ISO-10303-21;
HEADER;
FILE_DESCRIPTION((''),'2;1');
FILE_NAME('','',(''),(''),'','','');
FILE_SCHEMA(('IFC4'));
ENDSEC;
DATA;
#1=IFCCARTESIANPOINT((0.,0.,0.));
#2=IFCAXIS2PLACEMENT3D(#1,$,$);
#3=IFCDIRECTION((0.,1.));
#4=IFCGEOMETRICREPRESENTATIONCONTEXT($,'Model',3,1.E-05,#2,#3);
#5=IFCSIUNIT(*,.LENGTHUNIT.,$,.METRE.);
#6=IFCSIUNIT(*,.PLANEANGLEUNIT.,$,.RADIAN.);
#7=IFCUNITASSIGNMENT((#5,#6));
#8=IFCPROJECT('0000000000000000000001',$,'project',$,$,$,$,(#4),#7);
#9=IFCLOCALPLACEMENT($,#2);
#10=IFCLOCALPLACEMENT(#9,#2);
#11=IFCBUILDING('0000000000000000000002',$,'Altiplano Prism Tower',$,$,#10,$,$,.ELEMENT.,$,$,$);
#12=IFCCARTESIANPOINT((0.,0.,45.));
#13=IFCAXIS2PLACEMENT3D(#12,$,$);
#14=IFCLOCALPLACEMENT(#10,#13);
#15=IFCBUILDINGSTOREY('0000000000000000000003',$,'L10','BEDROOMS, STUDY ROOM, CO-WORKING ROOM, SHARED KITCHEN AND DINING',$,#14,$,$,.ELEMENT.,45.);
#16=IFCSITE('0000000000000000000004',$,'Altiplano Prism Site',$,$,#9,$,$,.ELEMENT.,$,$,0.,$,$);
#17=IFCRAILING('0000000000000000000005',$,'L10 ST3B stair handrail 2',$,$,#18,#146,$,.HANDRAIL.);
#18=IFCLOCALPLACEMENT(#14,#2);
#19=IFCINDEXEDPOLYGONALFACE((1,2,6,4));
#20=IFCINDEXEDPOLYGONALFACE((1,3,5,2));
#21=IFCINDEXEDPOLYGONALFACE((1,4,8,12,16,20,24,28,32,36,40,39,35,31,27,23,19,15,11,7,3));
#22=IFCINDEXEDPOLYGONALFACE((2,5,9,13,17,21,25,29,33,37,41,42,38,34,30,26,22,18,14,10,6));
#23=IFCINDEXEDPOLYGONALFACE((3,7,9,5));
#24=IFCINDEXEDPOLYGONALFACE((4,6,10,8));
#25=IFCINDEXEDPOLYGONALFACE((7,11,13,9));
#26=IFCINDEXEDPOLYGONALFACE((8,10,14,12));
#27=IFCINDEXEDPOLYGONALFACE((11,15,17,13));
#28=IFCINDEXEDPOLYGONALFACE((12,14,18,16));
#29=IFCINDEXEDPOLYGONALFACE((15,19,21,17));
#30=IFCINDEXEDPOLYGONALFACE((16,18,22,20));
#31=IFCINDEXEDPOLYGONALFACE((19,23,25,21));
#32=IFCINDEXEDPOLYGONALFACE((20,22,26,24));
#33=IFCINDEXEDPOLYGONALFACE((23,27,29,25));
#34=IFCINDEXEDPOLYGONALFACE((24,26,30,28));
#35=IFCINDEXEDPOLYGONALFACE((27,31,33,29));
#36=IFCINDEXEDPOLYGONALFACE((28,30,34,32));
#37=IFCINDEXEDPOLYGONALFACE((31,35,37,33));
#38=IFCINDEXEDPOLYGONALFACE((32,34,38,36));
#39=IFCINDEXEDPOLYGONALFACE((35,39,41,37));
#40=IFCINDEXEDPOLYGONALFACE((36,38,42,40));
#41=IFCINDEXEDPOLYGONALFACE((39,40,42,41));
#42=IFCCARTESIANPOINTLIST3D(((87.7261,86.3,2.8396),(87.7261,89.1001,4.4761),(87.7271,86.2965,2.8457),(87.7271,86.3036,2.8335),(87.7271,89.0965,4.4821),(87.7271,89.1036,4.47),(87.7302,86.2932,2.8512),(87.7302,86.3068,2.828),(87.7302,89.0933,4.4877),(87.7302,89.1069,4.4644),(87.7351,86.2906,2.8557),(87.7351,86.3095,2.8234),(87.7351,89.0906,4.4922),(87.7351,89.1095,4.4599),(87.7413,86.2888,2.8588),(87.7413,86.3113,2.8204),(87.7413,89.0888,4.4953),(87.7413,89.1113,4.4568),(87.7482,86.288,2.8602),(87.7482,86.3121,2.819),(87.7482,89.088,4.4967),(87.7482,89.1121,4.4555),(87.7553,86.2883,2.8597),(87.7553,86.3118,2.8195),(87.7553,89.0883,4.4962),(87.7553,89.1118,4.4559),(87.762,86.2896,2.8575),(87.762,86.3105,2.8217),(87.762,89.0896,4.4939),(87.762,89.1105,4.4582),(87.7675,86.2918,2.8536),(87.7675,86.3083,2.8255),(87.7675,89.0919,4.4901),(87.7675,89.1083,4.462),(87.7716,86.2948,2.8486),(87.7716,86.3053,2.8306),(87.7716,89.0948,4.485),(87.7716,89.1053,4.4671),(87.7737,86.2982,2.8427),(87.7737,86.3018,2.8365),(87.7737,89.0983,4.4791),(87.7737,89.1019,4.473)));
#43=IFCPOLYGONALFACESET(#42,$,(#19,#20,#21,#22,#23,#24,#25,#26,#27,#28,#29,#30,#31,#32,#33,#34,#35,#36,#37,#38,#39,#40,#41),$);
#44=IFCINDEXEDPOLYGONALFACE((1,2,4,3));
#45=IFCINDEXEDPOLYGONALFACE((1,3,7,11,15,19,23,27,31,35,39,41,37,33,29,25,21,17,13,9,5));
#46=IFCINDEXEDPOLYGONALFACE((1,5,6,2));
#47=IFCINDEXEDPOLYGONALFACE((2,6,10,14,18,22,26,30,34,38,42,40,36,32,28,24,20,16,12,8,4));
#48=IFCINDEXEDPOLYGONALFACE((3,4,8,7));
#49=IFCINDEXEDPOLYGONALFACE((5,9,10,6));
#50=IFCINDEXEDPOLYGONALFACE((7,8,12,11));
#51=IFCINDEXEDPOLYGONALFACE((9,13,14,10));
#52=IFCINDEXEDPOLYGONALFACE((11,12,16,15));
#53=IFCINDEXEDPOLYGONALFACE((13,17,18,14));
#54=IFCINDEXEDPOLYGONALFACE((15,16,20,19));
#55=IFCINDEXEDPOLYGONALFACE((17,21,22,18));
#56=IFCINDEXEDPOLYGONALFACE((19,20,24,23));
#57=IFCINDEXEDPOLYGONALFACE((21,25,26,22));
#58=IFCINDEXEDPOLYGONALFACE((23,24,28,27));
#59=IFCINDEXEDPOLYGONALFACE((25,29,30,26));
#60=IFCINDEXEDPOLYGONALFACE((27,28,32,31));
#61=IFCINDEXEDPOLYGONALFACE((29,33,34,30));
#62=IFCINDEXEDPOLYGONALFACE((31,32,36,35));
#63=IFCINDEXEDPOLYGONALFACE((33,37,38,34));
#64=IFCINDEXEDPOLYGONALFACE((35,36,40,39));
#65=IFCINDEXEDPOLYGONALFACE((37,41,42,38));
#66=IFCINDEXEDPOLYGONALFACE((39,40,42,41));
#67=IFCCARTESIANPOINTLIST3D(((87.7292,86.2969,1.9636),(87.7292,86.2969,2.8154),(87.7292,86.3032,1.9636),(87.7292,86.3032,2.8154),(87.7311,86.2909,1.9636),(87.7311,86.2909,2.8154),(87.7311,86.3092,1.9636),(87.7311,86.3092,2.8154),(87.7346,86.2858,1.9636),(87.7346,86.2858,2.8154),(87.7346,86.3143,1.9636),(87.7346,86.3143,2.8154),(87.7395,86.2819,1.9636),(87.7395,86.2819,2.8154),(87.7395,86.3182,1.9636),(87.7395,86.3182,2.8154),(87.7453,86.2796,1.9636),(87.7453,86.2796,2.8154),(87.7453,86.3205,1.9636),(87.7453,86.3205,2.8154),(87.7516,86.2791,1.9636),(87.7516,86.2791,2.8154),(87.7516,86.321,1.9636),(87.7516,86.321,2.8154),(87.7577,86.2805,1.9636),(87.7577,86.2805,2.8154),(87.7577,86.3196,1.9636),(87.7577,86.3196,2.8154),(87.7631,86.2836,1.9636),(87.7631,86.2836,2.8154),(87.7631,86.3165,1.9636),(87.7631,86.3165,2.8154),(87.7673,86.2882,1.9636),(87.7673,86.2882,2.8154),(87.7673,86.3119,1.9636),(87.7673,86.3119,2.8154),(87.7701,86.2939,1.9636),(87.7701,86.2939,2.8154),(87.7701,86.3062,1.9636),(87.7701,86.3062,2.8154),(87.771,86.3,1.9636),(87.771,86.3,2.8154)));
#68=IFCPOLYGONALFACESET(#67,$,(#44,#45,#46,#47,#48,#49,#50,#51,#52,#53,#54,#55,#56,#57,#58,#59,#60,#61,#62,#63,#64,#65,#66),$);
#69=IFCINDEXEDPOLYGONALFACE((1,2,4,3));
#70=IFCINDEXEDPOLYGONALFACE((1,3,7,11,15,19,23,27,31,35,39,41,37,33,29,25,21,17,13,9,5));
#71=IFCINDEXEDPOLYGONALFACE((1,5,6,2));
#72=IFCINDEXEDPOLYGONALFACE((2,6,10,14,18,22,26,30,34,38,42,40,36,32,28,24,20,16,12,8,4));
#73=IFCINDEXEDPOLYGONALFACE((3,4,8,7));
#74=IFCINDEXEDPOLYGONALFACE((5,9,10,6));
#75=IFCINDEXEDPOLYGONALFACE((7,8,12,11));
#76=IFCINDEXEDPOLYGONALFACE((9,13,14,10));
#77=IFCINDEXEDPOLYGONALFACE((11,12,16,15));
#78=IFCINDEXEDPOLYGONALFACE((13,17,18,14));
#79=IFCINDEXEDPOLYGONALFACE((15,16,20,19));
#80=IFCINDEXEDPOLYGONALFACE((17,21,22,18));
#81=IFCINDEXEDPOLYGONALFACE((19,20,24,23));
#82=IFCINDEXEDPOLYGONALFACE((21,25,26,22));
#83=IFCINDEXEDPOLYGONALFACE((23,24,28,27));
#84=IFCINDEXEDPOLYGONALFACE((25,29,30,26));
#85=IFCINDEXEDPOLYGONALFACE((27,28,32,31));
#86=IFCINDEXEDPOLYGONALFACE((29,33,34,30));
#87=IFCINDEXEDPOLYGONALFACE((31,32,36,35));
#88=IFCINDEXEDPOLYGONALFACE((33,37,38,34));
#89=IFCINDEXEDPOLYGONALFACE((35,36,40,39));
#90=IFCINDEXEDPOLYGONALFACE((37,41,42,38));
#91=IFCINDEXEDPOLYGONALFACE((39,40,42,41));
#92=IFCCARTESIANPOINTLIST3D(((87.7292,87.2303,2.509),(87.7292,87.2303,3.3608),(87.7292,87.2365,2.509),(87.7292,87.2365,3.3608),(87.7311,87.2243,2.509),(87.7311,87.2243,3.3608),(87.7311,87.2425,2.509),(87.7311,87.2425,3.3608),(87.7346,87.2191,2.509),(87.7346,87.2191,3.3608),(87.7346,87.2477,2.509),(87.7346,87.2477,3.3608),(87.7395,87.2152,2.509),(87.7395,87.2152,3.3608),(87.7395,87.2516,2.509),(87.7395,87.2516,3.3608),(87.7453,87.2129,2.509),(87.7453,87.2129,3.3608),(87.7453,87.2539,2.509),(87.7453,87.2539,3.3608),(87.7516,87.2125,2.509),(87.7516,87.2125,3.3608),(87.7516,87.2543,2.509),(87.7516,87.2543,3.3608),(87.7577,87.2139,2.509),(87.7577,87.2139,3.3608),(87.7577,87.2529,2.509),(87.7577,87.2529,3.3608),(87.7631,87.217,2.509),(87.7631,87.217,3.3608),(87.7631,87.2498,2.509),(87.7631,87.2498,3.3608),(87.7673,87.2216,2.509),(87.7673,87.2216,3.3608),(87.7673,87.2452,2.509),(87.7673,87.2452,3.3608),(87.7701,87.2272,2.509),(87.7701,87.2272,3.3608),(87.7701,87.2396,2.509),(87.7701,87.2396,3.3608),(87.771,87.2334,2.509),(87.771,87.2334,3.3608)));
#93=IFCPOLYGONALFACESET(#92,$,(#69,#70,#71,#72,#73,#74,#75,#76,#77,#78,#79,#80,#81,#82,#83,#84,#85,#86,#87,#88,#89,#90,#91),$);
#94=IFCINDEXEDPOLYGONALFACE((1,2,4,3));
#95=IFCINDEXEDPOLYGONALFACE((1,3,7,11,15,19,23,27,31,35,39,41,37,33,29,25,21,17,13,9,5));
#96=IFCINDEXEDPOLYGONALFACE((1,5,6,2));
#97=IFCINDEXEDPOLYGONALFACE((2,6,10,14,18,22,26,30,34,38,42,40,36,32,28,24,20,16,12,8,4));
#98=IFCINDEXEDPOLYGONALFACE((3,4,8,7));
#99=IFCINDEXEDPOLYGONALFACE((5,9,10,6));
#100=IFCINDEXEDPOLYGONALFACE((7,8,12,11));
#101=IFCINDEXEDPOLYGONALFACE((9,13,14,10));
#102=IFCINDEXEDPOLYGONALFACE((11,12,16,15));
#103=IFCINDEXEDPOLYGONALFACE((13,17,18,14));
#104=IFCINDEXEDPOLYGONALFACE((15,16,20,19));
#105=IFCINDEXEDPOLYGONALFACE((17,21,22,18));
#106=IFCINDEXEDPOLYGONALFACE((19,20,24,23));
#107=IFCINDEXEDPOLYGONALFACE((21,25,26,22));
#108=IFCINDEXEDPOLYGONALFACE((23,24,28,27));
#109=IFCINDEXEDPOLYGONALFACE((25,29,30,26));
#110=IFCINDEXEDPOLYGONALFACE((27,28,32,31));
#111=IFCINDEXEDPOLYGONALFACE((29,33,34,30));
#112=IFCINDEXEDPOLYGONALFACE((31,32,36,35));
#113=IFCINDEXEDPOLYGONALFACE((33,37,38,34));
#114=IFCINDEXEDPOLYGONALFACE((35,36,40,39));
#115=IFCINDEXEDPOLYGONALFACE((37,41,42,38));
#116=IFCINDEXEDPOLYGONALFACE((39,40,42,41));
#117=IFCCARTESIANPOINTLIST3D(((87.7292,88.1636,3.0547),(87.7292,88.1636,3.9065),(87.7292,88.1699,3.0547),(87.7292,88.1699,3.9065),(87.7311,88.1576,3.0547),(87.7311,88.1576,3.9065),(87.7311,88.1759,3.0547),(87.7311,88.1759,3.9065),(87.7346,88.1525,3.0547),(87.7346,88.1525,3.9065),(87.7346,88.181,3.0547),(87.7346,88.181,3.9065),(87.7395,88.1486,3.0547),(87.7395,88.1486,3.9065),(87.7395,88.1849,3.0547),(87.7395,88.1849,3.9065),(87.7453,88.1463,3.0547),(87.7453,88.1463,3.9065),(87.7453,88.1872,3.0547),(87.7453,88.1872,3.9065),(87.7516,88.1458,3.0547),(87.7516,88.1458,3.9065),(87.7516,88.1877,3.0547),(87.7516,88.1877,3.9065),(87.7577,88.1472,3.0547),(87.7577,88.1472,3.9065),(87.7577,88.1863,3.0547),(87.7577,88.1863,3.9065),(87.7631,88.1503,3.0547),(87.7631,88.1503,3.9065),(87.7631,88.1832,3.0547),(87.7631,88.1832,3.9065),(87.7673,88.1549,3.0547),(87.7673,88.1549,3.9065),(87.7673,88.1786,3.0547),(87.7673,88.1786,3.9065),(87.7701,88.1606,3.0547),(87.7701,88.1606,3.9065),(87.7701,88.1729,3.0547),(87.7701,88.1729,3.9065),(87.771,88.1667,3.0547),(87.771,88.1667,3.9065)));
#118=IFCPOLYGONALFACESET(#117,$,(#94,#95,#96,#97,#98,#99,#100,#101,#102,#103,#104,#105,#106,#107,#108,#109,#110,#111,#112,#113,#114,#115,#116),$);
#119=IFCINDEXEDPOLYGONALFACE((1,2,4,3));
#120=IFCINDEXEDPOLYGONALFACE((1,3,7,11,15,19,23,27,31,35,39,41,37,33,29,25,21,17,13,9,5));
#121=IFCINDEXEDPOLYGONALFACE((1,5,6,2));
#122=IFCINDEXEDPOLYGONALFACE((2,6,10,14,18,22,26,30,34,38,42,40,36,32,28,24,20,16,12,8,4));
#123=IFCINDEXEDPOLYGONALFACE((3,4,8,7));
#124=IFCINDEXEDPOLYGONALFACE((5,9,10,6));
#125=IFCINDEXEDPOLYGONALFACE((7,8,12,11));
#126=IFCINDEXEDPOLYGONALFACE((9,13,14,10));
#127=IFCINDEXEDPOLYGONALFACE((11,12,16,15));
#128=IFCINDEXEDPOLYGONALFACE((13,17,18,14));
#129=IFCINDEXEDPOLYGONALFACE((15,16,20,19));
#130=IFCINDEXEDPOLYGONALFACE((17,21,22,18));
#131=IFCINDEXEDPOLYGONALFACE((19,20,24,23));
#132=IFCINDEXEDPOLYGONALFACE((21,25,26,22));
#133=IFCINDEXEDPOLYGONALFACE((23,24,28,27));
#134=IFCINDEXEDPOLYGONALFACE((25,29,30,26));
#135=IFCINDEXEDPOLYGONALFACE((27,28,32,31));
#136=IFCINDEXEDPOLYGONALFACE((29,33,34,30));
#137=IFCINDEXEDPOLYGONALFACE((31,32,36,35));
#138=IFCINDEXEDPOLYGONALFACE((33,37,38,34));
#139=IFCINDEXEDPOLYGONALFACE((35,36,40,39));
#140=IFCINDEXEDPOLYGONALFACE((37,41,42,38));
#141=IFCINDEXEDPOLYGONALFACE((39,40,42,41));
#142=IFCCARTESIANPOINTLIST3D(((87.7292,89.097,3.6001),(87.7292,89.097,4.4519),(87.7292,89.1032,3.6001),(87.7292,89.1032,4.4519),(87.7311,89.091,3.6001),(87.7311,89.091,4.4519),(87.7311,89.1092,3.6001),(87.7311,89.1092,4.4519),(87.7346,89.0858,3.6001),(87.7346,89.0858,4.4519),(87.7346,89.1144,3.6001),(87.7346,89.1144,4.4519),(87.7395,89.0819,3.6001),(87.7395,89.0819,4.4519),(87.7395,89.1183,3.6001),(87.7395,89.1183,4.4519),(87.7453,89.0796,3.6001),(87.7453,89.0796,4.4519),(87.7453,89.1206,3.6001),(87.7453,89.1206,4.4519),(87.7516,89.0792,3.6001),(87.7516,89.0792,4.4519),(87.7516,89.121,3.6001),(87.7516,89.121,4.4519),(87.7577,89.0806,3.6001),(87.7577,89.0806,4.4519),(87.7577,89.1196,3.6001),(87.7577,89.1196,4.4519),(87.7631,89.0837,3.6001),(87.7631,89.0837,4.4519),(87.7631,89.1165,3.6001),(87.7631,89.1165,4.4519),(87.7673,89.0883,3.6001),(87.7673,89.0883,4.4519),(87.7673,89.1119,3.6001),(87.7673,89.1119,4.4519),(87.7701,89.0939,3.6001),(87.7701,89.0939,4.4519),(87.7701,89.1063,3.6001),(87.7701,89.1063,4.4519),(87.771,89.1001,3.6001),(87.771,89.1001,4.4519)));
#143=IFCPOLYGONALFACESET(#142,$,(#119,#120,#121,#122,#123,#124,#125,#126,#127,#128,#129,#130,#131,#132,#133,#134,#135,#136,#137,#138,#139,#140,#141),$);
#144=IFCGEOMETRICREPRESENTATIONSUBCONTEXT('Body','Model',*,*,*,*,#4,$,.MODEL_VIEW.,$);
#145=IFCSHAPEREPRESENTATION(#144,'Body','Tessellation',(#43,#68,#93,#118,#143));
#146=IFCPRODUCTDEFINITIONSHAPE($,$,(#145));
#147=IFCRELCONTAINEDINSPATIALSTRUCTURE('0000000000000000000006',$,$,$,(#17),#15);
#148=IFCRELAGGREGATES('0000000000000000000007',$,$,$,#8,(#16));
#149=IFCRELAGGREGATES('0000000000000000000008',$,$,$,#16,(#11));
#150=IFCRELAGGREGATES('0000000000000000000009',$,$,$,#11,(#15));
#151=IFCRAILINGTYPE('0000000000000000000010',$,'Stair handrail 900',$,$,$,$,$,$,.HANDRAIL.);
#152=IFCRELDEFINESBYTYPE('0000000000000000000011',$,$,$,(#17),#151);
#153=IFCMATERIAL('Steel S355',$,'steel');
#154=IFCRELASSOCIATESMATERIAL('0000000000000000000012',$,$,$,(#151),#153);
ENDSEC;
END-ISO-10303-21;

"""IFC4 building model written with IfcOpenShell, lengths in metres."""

from ifc_helpers import new_model, si_unit, direction, frame, origin, origin_2d, place, context, subcontext, project, spatial, circle, extrude, material, type_object, element, save


model = new_model("IFC4")

# Units and contexts
model_context = context("Model", 3, precision=1e-05, world=origin(), true_north=direction((0.0, 1.0)))
body_context = subcontext(model_context, "Body", "Model", "MODEL_VIEW")
ifc_project = project(units=[si_unit("LENGTHUNIT", "METRE"), si_unit("PLANEANGLEUNIT", "RADIAN")], contexts=[model_context])

# Site, building, storey
site_placement = place(None, origin())
site = spatial("IfcSite", under=ifc_project, at=site_placement, Name="Altiplano Prism Site", CompositionType="ELEMENT", RefElevation=0.0)
building_placement = place(site_placement, origin())
building = spatial("IfcBuilding", under=site, at=building_placement, Name="Altiplano Prism Tower", CompositionType="ELEMENT")
storey_placement = place(building_placement, frame((0.0, 0.0, 45.0)))
storey = spatial("IfcBuildingStorey", under=building, at=storey_placement, Name="L10", Description="BEDROOMS, STUDY ROOM, CO-WORKING ROOM, SHARED KITCHEN AND DINING", CompositionType="ELEMENT", Elevation=45.0)

# Railing
ifc_material_1 = material(Name="Steel S355", Category="steel")
railing_type_1 = type_object("IfcRailingType", Name="Stair handrail 900", PredefinedType="HANDRAIL", material=ifc_material_1)
railing_1_placement = place(storey_placement, frame((87.75, 86.3, 1.9636)))
element("IfcRailing", 1, at=railing_1_placement, inside=storey, type_object=railing_type_1, Name="L10 ST3B stair handrail 2", PredefinedType="HANDRAIL", context=body_context, shape_type="SweptSolid", body=[
    extrude(circle(Radius=0.0239, at=origin_2d()), frame((0.0, 0.0, 0.876), z_axis=(0.0, 0.863361, 0.504587), x_axis=(-1.0, 0.0, 0.0)), (0.0, 0.0, 1.0), 3.2432),
    extrude(circle(Radius=0.021, at=origin_2d()), origin(), (0.0, 0.0, 1.0), 0.8518),
    extrude(circle(Radius=0.021, at=origin_2d()), frame((0.0, 0.9333, 0.5454)), (0.0, 0.0, 1.0), 0.8518),
    extrude(circle(Radius=0.021, at=origin_2d()), frame((0.0, 1.8667, 1.0911)), (0.0, 0.0, 1.0), 0.8518),
    extrude(circle(Radius=0.021, at=origin_2d()), frame((0.0, 2.8, 1.6365)), (0.0, 0.0, 1.0), 0.8518),
])

save(model, "model.ifc")
